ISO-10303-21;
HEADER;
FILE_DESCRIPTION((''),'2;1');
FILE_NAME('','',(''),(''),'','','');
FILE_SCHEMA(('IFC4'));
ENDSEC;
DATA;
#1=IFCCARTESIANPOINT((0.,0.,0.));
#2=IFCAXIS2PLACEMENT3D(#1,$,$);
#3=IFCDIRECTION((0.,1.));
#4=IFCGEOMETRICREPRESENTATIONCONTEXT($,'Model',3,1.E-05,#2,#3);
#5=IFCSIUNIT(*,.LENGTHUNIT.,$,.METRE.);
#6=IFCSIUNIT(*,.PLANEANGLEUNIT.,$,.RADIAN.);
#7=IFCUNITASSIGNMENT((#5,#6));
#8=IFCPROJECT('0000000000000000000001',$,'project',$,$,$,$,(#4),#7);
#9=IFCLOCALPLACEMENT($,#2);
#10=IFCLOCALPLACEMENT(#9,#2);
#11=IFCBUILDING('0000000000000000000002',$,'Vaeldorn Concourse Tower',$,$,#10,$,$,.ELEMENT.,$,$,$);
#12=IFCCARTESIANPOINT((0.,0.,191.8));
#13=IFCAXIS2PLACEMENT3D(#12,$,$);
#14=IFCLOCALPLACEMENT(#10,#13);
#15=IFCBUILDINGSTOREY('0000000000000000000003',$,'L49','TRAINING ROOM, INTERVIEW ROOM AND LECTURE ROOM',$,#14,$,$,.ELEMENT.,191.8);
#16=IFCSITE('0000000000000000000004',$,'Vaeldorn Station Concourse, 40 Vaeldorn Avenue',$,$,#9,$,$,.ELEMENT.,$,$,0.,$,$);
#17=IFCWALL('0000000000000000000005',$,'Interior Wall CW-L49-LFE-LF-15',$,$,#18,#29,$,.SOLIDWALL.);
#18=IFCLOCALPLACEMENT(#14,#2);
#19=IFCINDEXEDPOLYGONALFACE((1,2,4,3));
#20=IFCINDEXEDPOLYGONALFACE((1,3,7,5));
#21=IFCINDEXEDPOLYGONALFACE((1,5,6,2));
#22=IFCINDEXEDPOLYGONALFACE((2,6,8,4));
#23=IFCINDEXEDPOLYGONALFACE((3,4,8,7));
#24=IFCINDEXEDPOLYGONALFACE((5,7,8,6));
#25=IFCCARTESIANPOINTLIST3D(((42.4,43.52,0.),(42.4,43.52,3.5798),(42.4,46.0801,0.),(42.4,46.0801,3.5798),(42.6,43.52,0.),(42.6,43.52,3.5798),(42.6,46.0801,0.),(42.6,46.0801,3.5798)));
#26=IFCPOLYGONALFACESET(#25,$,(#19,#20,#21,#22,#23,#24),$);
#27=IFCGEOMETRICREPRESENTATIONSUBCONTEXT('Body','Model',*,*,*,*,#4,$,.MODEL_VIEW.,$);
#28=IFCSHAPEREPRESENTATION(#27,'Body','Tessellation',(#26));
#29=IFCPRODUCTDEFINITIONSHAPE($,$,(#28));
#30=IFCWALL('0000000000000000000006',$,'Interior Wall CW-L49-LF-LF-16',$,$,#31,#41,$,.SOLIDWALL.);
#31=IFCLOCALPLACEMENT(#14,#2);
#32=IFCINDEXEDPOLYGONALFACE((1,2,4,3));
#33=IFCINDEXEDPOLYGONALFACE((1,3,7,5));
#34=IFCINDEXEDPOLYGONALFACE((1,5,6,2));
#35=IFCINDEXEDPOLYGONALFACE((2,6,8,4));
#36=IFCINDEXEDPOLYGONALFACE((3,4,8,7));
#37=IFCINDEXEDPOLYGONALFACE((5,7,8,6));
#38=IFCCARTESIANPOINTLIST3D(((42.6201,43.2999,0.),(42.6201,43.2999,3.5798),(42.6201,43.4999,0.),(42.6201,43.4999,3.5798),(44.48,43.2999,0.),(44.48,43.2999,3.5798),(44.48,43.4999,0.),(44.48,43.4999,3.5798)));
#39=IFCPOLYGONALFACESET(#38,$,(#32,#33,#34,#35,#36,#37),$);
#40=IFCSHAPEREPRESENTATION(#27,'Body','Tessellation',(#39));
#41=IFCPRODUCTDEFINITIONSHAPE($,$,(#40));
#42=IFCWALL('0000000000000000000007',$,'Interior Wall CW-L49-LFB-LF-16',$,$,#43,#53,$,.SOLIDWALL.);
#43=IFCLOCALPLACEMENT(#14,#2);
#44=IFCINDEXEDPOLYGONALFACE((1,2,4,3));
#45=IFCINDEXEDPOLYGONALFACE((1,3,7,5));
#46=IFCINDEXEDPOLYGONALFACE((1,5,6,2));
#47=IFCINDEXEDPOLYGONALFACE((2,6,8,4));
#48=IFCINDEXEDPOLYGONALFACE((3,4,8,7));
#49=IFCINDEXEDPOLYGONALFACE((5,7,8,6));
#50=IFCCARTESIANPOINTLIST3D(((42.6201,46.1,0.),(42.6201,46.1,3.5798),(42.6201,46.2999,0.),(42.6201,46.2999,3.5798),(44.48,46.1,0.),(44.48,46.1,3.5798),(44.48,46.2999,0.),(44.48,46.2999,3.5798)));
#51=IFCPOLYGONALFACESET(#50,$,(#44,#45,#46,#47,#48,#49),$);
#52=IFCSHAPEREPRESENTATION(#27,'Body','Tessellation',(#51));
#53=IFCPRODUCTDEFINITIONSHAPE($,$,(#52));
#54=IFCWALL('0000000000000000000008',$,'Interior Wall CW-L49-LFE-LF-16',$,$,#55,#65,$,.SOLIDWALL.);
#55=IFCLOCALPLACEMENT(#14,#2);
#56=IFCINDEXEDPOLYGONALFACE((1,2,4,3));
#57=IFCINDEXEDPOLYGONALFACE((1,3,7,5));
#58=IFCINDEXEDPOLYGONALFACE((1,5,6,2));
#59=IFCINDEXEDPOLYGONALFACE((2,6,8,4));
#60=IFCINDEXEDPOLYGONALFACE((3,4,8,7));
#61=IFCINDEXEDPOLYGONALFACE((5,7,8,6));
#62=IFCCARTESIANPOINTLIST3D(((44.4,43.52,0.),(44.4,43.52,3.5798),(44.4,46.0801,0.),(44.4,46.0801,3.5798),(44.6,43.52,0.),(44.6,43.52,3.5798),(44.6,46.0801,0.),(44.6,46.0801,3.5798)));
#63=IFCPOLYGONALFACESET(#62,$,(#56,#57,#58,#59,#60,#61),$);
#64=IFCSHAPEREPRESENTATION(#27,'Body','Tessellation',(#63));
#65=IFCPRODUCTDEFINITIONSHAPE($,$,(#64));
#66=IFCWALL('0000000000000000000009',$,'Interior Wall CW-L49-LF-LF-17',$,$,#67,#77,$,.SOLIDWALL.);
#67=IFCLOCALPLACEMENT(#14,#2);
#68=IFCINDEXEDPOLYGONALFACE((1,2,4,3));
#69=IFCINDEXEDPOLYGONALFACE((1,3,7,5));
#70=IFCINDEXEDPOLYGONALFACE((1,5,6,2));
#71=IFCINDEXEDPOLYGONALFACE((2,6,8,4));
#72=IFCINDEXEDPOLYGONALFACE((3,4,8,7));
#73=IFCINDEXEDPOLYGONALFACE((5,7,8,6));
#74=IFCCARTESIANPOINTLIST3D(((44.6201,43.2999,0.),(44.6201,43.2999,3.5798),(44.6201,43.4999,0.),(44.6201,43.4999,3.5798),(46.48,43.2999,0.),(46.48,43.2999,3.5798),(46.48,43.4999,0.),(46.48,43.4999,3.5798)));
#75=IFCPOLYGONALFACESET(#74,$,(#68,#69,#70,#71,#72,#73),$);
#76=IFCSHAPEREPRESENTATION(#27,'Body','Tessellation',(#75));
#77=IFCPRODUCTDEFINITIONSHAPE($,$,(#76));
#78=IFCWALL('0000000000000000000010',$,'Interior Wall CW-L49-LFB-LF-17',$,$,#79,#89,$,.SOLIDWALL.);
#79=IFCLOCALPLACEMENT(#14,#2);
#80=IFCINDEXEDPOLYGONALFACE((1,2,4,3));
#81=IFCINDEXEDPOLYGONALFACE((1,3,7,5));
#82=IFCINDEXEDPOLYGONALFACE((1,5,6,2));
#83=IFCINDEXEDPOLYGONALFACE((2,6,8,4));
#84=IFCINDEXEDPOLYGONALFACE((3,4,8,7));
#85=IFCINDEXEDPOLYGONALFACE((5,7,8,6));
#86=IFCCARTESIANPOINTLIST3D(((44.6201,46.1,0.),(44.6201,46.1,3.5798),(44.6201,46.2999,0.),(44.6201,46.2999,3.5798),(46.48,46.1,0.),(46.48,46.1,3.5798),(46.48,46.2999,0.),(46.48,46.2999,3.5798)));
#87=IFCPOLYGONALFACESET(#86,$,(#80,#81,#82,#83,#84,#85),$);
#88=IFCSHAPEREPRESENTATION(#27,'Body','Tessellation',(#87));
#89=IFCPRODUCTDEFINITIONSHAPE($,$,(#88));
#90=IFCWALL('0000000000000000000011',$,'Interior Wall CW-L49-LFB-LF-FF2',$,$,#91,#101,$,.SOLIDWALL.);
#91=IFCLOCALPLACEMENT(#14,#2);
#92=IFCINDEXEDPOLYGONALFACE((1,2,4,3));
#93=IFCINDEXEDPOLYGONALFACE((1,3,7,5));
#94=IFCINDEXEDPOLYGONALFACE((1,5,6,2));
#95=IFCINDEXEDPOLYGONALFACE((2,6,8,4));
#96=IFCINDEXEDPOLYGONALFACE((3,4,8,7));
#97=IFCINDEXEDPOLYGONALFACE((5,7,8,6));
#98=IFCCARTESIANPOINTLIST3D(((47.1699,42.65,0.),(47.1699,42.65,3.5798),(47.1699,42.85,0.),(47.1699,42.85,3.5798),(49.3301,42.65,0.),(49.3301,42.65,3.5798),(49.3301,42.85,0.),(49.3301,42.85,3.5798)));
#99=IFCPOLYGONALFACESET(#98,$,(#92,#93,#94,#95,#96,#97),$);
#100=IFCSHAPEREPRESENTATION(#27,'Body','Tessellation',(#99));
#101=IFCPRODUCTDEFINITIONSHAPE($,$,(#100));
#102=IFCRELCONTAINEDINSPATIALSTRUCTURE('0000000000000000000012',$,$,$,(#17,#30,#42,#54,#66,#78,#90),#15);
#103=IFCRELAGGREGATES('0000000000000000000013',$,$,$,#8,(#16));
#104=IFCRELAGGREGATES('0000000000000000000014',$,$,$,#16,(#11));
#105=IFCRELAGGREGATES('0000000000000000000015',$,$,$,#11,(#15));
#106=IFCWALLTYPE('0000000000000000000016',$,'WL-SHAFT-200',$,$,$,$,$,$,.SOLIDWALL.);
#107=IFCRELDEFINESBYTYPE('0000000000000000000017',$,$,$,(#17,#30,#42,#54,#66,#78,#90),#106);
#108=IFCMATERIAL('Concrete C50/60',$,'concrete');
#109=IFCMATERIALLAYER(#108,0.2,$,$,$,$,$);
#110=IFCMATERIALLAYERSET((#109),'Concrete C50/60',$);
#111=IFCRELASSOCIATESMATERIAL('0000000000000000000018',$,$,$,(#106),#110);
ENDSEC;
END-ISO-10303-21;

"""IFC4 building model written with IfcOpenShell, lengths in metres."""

from ifc_helpers import new_model, si_unit, direction, frame, frame_2d, origin, place, context, subcontext, project, spatial, rectangle, extrude, material, layer, layer_set, type_object, element, save


model = new_model("IFC4")

# Units and contexts
model_context = context("Model", 3, precision=1e-05, world=origin(), true_north=direction((0.0, 1.0)))
body_context = subcontext(model_context, "Body", "Model", "MODEL_VIEW")
ifc_project = project(units=[si_unit("LENGTHUNIT", "METRE"), si_unit("PLANEANGLEUNIT", "RADIAN")], contexts=[model_context])

# Site, building, storey
site_placement = place(None, origin())
site = spatial("IfcSite", under=ifc_project, at=site_placement, Name="Vaeldorn Station Concourse, 40 Vaeldorn Avenue", CompositionType="ELEMENT", RefElevation=0.0)
building_placement = place(site_placement, origin())
building = spatial("IfcBuilding", under=site, at=building_placement, Name="Vaeldorn Concourse Tower", CompositionType="ELEMENT")
storey_placement = place(building_placement, frame((0.0, 0.0, 191.8)))
storey = spatial("IfcBuildingStorey", under=building, at=storey_placement, Name="L49", Description="TRAINING ROOM, INTERVIEW ROOM AND LECTURE ROOM", CompositionType="ELEMENT", Elevation=191.8)

# Shared definitions
ifc_material_1 = material(Name="Concrete C50/60", Category="concrete")

# Shared definitions
ifc_layer_1 = layer(ifc_material_1, 0.2)
ifc_layer_set_1 = layer_set([ifc_layer_1], Name="Concrete C50/60")
wall_type_1 = type_object("IfcWallType", Name="WL-SHAFT-200", PredefinedType="SOLIDWALL", material=ifc_layer_set_1)

# Walls
wall_1_placement = place(storey_placement, frame((42.5, 43.52, 0.0), z_axis=(0.0, 0.0, 1.0), x_axis=(0.0, 1.0, 0.0)))
element("IfcWall", 1, at=wall_1_placement, inside=storey, type_object=wall_type_1, Name="Interior Wall CW-L49-LFE-LF-15", PredefinedType="SOLIDWALL", context=body_context, shape_type="SweptSolid", body=[
    extrude(rectangle(XDim=2.5601, YDim=0.2, at=frame_2d((1.28, 0.0))), origin(), (0.0, 0.0, 1.0), 3.5798),
])
for number, where, z_axis, x_axis, name in (
    (2, (42.6201, 43.3999, 0.0), (0.0, 0.0, 1.0), (1.0, 0.0, 0.0), "Interior Wall CW-L49-LF-LF-16"),
    (3, (42.6201, 46.2, 0.0), (0.0, 0.0, 1.0), (1.0, 0.0, 0.0), "Interior Wall CW-L49-LFB-LF-16"),
):
    element("IfcWall", number, at=place(storey_placement, frame(where, z_axis=z_axis, x_axis=x_axis)), inside=storey, type_object=wall_type_1, Name=name, PredefinedType="SOLIDWALL", context=body_context, shape_type="SweptSolid", body=[
        extrude(rectangle(XDim=1.8599, YDim=0.2, at=frame_2d((0.9299, 0.0))), origin(), (0.0, 0.0, 1.0), 3.5798),
    ])
wall_2_placement = place(storey_placement, frame((44.5, 43.52, 0.0), z_axis=(0.0, 0.0, 1.0), x_axis=(0.0, 1.0, 0.0)))
element("IfcWall", 4, at=wall_2_placement, inside=storey, type_object=wall_type_1, Name="Interior Wall CW-L49-LFE-LF-16", PredefinedType="SOLIDWALL", context=body_context, shape_type="SweptSolid", body=[
    extrude(rectangle(XDim=2.5601, YDim=0.2, at=frame_2d((1.28, 0.0))), origin(), (0.0, 0.0, 1.0), 3.5798),
])
for number, where, z_axis, x_axis, name in (
    (5, (44.6201, 43.3999, 0.0), (0.0, 0.0, 1.0), (1.0, 0.0, 0.0), "Interior Wall CW-L49-LF-LF-17"),
    (6, (44.6201, 46.2, 0.0), (0.0, 0.0, 1.0), (1.0, 0.0, 0.0), "Interior Wall CW-L49-LFB-LF-17"),
):
    element("IfcWall", number, at=place(storey_placement, frame(where, z_axis=z_axis, x_axis=x_axis)), inside=storey, type_object=wall_type_1, Name=name, PredefinedType="SOLIDWALL", context=body_context, shape_type="SweptSolid", body=[
        extrude(rectangle(XDim=1.8599, YDim=0.2, at=frame_2d((0.9299, 0.0))), origin(), (0.0, 0.0, 1.0), 3.5798),
    ])

# Wall
wall_3_placement = place(storey_placement, frame((47.1699, 42.75, 0.0), z_axis=(0.0, 0.0, 1.0), x_axis=(1.0, 0.0, 0.0)))
element("IfcWall", 7, at=wall_3_placement, inside=storey, type_object=wall_type_1, Name="Interior Wall CW-L49-LFB-LF-FF2", PredefinedType="SOLIDWALL", context=body_context, shape_type="SweptSolid", body=[
    extrude(rectangle(XDim=2.1602, YDim=0.2, at=frame_2d((1.0801, 0.0))), origin(), (0.0, 0.0, 1.0), 3.5798),
])

save(model, "model.ifc")
